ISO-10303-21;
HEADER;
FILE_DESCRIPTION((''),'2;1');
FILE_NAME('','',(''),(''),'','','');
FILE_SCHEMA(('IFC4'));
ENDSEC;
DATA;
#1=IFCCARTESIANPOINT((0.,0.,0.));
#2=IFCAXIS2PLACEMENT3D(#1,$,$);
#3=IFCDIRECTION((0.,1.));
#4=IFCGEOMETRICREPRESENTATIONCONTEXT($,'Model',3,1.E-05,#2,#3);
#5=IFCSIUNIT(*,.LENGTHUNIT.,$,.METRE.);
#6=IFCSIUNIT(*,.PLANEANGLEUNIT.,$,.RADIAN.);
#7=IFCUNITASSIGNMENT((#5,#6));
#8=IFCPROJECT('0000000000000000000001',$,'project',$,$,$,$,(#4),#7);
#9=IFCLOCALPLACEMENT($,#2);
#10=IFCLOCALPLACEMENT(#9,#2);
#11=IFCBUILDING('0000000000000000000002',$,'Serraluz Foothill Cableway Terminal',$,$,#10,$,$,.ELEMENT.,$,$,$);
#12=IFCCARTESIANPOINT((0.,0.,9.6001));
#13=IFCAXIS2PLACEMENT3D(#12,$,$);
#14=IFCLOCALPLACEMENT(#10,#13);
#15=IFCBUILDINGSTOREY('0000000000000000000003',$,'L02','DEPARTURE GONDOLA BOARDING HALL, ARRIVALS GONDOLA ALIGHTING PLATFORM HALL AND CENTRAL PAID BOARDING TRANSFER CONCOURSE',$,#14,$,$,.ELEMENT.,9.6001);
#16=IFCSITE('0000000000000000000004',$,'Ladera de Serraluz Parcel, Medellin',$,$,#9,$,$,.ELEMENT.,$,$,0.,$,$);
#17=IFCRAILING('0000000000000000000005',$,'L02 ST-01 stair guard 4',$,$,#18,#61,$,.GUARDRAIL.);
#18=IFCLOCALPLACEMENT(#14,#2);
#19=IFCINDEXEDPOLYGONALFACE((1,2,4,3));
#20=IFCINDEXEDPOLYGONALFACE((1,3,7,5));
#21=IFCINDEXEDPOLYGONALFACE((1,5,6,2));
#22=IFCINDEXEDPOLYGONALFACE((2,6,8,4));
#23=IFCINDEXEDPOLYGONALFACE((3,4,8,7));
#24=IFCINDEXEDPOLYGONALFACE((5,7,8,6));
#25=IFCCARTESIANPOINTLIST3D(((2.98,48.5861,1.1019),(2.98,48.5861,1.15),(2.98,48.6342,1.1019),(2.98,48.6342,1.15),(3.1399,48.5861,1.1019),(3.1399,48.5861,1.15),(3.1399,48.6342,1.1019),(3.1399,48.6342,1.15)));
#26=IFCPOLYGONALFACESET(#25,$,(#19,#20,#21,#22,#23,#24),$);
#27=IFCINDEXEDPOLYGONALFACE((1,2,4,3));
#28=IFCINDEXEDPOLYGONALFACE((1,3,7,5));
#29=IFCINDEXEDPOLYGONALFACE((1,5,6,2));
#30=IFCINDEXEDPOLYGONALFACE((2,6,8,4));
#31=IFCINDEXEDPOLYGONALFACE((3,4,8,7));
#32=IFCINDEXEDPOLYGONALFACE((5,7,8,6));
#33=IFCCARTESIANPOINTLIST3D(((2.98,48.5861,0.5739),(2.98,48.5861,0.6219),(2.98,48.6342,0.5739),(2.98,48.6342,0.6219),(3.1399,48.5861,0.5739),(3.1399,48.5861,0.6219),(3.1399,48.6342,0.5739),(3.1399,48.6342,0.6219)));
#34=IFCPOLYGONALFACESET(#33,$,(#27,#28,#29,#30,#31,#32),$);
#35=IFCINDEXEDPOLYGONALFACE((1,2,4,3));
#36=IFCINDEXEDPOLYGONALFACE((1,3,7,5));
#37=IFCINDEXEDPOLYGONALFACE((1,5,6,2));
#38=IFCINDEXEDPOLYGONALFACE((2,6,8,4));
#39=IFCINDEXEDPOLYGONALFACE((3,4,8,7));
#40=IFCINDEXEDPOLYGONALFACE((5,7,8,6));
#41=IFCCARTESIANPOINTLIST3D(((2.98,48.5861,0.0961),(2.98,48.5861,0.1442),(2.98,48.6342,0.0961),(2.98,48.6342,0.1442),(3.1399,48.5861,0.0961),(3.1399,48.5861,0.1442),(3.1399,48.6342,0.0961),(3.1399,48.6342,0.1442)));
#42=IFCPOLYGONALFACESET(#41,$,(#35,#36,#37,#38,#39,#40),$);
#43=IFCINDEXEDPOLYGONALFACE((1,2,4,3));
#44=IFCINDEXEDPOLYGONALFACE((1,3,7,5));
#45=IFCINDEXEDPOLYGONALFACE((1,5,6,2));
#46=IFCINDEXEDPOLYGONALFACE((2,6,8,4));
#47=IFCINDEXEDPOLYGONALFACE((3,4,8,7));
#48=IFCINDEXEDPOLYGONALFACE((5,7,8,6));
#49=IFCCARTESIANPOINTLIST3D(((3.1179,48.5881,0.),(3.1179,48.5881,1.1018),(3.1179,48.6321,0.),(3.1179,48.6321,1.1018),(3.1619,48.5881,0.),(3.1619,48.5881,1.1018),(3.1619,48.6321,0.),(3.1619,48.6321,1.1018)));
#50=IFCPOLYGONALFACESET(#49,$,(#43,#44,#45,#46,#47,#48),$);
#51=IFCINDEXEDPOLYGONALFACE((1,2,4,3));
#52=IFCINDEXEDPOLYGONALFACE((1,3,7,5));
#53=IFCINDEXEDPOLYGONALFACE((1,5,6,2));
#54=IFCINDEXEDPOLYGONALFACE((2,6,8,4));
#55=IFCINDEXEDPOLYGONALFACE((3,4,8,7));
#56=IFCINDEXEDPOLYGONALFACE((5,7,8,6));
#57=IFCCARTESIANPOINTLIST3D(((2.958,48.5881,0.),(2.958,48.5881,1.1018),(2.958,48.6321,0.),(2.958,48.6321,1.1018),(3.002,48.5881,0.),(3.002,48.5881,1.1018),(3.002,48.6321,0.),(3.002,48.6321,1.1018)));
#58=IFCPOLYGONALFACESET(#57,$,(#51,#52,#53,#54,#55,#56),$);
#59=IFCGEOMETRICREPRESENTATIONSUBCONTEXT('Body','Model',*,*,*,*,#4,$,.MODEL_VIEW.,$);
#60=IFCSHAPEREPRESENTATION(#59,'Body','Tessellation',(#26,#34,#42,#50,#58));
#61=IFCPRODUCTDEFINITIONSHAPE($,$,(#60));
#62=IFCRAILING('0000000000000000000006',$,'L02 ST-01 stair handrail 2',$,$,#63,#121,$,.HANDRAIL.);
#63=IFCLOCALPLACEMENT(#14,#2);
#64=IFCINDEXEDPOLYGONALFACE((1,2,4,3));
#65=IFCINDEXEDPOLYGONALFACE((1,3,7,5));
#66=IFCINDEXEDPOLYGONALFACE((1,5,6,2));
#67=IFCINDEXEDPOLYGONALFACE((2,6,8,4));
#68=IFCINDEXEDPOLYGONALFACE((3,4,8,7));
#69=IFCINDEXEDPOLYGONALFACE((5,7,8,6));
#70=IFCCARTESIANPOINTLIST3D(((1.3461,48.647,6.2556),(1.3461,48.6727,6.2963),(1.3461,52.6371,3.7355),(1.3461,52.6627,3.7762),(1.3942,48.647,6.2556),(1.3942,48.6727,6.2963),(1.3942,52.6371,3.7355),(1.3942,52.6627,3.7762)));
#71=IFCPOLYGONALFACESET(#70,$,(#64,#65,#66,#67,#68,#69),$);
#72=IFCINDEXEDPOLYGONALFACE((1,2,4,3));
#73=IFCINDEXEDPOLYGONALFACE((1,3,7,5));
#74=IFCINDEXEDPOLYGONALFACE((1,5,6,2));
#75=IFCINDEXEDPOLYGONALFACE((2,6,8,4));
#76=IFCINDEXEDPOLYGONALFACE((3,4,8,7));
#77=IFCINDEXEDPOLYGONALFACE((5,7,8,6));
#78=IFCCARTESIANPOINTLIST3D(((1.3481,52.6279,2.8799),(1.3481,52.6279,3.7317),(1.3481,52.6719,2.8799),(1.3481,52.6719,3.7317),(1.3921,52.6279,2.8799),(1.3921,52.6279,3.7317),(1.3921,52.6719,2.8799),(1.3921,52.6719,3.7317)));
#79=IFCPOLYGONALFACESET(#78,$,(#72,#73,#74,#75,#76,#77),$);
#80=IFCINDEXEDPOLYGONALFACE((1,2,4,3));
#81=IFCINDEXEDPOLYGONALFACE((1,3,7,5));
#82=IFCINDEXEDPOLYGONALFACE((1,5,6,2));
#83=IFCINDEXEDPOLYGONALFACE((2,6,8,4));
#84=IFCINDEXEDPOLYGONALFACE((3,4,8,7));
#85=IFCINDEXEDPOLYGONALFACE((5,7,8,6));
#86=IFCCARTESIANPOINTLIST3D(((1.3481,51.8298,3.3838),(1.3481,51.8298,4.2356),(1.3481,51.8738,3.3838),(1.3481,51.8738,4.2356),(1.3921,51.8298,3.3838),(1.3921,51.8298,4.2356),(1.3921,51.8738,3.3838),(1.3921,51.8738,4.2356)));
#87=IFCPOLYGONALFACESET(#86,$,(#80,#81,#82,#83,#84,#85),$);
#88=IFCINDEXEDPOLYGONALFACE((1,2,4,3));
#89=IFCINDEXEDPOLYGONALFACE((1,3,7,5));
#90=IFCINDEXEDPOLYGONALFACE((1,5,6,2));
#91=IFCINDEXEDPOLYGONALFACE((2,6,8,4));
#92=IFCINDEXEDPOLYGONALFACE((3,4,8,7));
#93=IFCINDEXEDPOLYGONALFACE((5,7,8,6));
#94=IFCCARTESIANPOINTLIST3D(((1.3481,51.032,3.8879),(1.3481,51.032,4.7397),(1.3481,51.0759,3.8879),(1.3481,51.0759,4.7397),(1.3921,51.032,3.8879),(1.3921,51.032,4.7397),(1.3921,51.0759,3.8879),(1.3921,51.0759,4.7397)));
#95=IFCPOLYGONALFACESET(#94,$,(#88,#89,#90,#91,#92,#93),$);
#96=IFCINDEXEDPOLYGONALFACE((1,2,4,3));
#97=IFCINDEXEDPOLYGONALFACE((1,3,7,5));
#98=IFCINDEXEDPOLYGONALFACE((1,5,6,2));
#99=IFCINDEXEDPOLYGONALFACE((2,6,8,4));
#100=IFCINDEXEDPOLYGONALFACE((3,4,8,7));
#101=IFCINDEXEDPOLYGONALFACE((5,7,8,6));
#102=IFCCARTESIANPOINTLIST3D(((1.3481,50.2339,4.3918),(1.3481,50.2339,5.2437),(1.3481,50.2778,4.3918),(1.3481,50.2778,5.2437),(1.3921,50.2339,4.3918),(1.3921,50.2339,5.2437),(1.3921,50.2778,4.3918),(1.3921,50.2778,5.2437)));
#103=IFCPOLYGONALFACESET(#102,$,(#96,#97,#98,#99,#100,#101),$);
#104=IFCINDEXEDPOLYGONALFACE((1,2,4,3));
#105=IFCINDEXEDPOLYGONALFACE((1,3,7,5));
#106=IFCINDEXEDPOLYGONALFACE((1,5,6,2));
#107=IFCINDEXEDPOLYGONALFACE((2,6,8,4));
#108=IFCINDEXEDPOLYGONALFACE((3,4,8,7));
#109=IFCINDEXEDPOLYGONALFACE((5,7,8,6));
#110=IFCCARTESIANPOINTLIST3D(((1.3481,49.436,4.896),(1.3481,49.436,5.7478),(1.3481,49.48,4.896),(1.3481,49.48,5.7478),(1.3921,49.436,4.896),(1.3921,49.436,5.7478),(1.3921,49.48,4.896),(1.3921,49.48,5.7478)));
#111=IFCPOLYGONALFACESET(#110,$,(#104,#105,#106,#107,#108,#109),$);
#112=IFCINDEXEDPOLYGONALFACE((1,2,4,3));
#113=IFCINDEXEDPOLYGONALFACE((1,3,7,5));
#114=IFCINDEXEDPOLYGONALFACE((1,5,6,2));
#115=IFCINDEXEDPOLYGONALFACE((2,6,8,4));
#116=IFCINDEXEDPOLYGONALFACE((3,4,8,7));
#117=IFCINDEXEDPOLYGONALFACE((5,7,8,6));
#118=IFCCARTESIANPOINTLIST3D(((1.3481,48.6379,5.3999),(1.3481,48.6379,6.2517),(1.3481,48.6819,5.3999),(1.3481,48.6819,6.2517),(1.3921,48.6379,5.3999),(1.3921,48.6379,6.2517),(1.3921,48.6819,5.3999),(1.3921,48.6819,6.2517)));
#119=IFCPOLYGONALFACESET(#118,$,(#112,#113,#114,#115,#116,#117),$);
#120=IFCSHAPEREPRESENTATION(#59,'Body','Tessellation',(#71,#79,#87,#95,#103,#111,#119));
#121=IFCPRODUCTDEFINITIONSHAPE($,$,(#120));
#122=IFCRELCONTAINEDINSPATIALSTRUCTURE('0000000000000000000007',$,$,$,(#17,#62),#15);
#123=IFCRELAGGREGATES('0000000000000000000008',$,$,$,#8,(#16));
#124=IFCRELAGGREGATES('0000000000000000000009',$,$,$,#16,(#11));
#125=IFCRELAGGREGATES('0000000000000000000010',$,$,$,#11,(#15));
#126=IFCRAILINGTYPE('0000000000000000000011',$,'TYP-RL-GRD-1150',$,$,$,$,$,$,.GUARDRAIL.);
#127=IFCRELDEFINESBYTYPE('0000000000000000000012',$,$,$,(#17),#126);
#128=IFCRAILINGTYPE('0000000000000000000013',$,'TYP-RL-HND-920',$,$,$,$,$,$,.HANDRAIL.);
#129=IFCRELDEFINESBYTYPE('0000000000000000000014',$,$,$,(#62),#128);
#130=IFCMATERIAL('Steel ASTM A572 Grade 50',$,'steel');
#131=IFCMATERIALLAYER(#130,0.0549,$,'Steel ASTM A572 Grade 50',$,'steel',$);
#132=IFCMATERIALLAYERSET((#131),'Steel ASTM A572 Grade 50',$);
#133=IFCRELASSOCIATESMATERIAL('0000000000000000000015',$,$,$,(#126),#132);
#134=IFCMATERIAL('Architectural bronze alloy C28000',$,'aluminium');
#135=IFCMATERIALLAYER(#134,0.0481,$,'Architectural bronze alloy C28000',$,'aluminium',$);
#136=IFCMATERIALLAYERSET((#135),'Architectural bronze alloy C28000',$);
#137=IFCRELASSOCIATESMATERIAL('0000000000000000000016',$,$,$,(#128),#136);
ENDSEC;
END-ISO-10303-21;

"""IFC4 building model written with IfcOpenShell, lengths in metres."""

from ifc_helpers import new_model, si_unit, direction, frame, origin, origin_2d, place, context, subcontext, project, spatial, rectangle, extrude, material, layer, layer_set, type_object, element, save


model = new_model("IFC4")

# Units and contexts
model_context = context("Model", 3, precision=1e-05, world=origin(), true_north=direction((0.0, 1.0)))
body_context = subcontext(model_context, "Body", "Model", "MODEL_VIEW")
ifc_project = project(units=[si_unit("LENGTHUNIT", "METRE"), si_unit("PLANEANGLEUNIT", "RADIAN")], contexts=[model_context])

# Site, building, storey
site_placement = place(None, origin())
site = spatial("IfcSite", under=ifc_project, at=site_placement, Name="Ladera de Serraluz Parcel, Medellin", CompositionType="ELEMENT", RefElevation=0.0)
building_placement = place(site_placement, origin())
building = spatial("IfcBuilding", under=site, at=building_placement, Name="Serraluz Foothill Cableway Terminal", CompositionType="ELEMENT")
storey_placement = place(building_placement, frame((0.0, 0.0, 9.6001)))
storey = spatial("IfcBuildingStorey", under=building, at=storey_placement, Name="L02", Description="DEPARTURE GONDOLA BOARDING HALL, ARRIVALS GONDOLA ALIGHTING PLATFORM HALL AND CENTRAL PAID BOARDING TRANSFER CONCOURSE", CompositionType="ELEMENT", Elevation=9.6001)

# Shared definitions
ifc_material_1 = material(Name="Architectural bronze alloy C28000", Category="aluminium")

# Railings
ifc_material_2 = material(Name="Steel ASTM A572 Grade 50", Category="steel")
ifc_layer_1 = layer(ifc_material_2, 0.0549, Name="Steel ASTM A572 Grade 50", Category="steel")
ifc_layer_set_1 = layer_set([ifc_layer_1], Name="Steel ASTM A572 Grade 50")
railing_type_1 = type_object("IfcRailingType", Name="TYP-RL-GRD-1150", PredefinedType="GUARDRAIL", material=ifc_layer_set_1)
railing_1_placement = place(storey_placement, frame((3.1399, 48.6101, 0.0)))
element("IfcRailing", 1, at=railing_1_placement, inside=storey, type_object=railing_type_1, Name="L02 ST-01 stair guard 4", PredefinedType="GUARDRAIL", context=body_context, shape_type="SweptSolid", body=[
    extrude(rectangle(XDim=0.0481, YDim=0.0481, at=origin_2d()), frame((0.0, 0.0, 1.126), z_axis=(-1.0, 0.0, 0.0), x_axis=(0.0, -1.0, 0.0)), (0.0, 0.0, 1.0), 0.1599),
    extrude(rectangle(XDim=0.0481, YDim=0.0481, at=origin_2d()), frame((0.0, 0.0, 0.5979), z_axis=(-1.0, 0.0, 0.0), x_axis=(0.0, -1.0, 0.0)), (0.0, 0.0, 1.0), 0.1599),
    extrude(rectangle(XDim=0.0481, YDim=0.0481, at=origin_2d()), frame((0.0, 0.0, 0.1201), z_axis=(-1.0, 0.0, 0.0), x_axis=(0.0, -1.0, 0.0)), (0.0, 0.0, 1.0), 0.1599),
    extrude(rectangle(XDim=0.0439, YDim=0.0439, at=origin_2d()), origin(), (0.0, 0.0, 1.0), 1.1018),
    extrude(rectangle(XDim=0.0439, YDim=0.0439, at=origin_2d()), frame((-0.1599, 0.0, 0.0)), (0.0, 0.0, 1.0), 1.1018),
])
ifc_layer_2 = layer(ifc_material_1, 0.0481, Name="Architectural bronze alloy C28000", Category="aluminium")
ifc_layer_set_2 = layer_set([ifc_layer_2], Name="Architectural bronze alloy C28000")
railing_type_2 = type_object("IfcRailingType", Name="TYP-RL-HND-920", PredefinedType="HANDRAIL", material=ifc_layer_set_2)
railing_2_placement = place(storey_placement, frame((1.3701, 52.6499, 2.8799)))
element("IfcRailing", 2, at=railing_2_placement, inside=storey, type_object=railing_type_2, Name="L02 ST-01 stair handrail 2", PredefinedType="HANDRAIL", context=body_context, shape_type="SweptSolid", body=[
    extrude(rectangle(XDim=0.0481, YDim=0.0481, at=origin_2d()), frame((0.0, 0.0, 0.876), z_axis=(0.0, -0.845486, 0.533997), x_axis=(1.0, 0.0, 0.0)), (0.0, 0.0, 1.0), 4.7192),
    extrude(rectangle(XDim=0.0439, YDim=0.0439, at=origin_2d()), origin(), (0.0, 0.0, 1.0), 0.8518),
    extrude(rectangle(XDim=0.0439, YDim=0.0439, at=origin_2d()), frame((0.0, -0.7981, 0.5039)), (0.0, 0.0, 1.0), 0.8518),
    extrude(rectangle(XDim=0.0439, YDim=0.0439, at=origin_2d()), frame((0.0, -1.5959, 1.0081)), (0.0, 0.0, 1.0), 0.8518),
    extrude(rectangle(XDim=0.0439, YDim=0.0439, at=origin_2d()), frame((0.0, -2.394, 1.512)), (0.0, 0.0, 1.0), 0.8518),
    extrude(rectangle(XDim=0.0439, YDim=0.0439, at=origin_2d()), frame((0.0, -3.1919, 2.0161)), (0.0, 0.0, 1.0), 0.8518),
    extrude(rectangle(XDim=0.0439, YDim=0.0439, at=origin_2d()), frame((0.0, -3.99, 2.52)), (0.0, 0.0, 1.0), 0.8518),
])

save(model, "model.ifc")
